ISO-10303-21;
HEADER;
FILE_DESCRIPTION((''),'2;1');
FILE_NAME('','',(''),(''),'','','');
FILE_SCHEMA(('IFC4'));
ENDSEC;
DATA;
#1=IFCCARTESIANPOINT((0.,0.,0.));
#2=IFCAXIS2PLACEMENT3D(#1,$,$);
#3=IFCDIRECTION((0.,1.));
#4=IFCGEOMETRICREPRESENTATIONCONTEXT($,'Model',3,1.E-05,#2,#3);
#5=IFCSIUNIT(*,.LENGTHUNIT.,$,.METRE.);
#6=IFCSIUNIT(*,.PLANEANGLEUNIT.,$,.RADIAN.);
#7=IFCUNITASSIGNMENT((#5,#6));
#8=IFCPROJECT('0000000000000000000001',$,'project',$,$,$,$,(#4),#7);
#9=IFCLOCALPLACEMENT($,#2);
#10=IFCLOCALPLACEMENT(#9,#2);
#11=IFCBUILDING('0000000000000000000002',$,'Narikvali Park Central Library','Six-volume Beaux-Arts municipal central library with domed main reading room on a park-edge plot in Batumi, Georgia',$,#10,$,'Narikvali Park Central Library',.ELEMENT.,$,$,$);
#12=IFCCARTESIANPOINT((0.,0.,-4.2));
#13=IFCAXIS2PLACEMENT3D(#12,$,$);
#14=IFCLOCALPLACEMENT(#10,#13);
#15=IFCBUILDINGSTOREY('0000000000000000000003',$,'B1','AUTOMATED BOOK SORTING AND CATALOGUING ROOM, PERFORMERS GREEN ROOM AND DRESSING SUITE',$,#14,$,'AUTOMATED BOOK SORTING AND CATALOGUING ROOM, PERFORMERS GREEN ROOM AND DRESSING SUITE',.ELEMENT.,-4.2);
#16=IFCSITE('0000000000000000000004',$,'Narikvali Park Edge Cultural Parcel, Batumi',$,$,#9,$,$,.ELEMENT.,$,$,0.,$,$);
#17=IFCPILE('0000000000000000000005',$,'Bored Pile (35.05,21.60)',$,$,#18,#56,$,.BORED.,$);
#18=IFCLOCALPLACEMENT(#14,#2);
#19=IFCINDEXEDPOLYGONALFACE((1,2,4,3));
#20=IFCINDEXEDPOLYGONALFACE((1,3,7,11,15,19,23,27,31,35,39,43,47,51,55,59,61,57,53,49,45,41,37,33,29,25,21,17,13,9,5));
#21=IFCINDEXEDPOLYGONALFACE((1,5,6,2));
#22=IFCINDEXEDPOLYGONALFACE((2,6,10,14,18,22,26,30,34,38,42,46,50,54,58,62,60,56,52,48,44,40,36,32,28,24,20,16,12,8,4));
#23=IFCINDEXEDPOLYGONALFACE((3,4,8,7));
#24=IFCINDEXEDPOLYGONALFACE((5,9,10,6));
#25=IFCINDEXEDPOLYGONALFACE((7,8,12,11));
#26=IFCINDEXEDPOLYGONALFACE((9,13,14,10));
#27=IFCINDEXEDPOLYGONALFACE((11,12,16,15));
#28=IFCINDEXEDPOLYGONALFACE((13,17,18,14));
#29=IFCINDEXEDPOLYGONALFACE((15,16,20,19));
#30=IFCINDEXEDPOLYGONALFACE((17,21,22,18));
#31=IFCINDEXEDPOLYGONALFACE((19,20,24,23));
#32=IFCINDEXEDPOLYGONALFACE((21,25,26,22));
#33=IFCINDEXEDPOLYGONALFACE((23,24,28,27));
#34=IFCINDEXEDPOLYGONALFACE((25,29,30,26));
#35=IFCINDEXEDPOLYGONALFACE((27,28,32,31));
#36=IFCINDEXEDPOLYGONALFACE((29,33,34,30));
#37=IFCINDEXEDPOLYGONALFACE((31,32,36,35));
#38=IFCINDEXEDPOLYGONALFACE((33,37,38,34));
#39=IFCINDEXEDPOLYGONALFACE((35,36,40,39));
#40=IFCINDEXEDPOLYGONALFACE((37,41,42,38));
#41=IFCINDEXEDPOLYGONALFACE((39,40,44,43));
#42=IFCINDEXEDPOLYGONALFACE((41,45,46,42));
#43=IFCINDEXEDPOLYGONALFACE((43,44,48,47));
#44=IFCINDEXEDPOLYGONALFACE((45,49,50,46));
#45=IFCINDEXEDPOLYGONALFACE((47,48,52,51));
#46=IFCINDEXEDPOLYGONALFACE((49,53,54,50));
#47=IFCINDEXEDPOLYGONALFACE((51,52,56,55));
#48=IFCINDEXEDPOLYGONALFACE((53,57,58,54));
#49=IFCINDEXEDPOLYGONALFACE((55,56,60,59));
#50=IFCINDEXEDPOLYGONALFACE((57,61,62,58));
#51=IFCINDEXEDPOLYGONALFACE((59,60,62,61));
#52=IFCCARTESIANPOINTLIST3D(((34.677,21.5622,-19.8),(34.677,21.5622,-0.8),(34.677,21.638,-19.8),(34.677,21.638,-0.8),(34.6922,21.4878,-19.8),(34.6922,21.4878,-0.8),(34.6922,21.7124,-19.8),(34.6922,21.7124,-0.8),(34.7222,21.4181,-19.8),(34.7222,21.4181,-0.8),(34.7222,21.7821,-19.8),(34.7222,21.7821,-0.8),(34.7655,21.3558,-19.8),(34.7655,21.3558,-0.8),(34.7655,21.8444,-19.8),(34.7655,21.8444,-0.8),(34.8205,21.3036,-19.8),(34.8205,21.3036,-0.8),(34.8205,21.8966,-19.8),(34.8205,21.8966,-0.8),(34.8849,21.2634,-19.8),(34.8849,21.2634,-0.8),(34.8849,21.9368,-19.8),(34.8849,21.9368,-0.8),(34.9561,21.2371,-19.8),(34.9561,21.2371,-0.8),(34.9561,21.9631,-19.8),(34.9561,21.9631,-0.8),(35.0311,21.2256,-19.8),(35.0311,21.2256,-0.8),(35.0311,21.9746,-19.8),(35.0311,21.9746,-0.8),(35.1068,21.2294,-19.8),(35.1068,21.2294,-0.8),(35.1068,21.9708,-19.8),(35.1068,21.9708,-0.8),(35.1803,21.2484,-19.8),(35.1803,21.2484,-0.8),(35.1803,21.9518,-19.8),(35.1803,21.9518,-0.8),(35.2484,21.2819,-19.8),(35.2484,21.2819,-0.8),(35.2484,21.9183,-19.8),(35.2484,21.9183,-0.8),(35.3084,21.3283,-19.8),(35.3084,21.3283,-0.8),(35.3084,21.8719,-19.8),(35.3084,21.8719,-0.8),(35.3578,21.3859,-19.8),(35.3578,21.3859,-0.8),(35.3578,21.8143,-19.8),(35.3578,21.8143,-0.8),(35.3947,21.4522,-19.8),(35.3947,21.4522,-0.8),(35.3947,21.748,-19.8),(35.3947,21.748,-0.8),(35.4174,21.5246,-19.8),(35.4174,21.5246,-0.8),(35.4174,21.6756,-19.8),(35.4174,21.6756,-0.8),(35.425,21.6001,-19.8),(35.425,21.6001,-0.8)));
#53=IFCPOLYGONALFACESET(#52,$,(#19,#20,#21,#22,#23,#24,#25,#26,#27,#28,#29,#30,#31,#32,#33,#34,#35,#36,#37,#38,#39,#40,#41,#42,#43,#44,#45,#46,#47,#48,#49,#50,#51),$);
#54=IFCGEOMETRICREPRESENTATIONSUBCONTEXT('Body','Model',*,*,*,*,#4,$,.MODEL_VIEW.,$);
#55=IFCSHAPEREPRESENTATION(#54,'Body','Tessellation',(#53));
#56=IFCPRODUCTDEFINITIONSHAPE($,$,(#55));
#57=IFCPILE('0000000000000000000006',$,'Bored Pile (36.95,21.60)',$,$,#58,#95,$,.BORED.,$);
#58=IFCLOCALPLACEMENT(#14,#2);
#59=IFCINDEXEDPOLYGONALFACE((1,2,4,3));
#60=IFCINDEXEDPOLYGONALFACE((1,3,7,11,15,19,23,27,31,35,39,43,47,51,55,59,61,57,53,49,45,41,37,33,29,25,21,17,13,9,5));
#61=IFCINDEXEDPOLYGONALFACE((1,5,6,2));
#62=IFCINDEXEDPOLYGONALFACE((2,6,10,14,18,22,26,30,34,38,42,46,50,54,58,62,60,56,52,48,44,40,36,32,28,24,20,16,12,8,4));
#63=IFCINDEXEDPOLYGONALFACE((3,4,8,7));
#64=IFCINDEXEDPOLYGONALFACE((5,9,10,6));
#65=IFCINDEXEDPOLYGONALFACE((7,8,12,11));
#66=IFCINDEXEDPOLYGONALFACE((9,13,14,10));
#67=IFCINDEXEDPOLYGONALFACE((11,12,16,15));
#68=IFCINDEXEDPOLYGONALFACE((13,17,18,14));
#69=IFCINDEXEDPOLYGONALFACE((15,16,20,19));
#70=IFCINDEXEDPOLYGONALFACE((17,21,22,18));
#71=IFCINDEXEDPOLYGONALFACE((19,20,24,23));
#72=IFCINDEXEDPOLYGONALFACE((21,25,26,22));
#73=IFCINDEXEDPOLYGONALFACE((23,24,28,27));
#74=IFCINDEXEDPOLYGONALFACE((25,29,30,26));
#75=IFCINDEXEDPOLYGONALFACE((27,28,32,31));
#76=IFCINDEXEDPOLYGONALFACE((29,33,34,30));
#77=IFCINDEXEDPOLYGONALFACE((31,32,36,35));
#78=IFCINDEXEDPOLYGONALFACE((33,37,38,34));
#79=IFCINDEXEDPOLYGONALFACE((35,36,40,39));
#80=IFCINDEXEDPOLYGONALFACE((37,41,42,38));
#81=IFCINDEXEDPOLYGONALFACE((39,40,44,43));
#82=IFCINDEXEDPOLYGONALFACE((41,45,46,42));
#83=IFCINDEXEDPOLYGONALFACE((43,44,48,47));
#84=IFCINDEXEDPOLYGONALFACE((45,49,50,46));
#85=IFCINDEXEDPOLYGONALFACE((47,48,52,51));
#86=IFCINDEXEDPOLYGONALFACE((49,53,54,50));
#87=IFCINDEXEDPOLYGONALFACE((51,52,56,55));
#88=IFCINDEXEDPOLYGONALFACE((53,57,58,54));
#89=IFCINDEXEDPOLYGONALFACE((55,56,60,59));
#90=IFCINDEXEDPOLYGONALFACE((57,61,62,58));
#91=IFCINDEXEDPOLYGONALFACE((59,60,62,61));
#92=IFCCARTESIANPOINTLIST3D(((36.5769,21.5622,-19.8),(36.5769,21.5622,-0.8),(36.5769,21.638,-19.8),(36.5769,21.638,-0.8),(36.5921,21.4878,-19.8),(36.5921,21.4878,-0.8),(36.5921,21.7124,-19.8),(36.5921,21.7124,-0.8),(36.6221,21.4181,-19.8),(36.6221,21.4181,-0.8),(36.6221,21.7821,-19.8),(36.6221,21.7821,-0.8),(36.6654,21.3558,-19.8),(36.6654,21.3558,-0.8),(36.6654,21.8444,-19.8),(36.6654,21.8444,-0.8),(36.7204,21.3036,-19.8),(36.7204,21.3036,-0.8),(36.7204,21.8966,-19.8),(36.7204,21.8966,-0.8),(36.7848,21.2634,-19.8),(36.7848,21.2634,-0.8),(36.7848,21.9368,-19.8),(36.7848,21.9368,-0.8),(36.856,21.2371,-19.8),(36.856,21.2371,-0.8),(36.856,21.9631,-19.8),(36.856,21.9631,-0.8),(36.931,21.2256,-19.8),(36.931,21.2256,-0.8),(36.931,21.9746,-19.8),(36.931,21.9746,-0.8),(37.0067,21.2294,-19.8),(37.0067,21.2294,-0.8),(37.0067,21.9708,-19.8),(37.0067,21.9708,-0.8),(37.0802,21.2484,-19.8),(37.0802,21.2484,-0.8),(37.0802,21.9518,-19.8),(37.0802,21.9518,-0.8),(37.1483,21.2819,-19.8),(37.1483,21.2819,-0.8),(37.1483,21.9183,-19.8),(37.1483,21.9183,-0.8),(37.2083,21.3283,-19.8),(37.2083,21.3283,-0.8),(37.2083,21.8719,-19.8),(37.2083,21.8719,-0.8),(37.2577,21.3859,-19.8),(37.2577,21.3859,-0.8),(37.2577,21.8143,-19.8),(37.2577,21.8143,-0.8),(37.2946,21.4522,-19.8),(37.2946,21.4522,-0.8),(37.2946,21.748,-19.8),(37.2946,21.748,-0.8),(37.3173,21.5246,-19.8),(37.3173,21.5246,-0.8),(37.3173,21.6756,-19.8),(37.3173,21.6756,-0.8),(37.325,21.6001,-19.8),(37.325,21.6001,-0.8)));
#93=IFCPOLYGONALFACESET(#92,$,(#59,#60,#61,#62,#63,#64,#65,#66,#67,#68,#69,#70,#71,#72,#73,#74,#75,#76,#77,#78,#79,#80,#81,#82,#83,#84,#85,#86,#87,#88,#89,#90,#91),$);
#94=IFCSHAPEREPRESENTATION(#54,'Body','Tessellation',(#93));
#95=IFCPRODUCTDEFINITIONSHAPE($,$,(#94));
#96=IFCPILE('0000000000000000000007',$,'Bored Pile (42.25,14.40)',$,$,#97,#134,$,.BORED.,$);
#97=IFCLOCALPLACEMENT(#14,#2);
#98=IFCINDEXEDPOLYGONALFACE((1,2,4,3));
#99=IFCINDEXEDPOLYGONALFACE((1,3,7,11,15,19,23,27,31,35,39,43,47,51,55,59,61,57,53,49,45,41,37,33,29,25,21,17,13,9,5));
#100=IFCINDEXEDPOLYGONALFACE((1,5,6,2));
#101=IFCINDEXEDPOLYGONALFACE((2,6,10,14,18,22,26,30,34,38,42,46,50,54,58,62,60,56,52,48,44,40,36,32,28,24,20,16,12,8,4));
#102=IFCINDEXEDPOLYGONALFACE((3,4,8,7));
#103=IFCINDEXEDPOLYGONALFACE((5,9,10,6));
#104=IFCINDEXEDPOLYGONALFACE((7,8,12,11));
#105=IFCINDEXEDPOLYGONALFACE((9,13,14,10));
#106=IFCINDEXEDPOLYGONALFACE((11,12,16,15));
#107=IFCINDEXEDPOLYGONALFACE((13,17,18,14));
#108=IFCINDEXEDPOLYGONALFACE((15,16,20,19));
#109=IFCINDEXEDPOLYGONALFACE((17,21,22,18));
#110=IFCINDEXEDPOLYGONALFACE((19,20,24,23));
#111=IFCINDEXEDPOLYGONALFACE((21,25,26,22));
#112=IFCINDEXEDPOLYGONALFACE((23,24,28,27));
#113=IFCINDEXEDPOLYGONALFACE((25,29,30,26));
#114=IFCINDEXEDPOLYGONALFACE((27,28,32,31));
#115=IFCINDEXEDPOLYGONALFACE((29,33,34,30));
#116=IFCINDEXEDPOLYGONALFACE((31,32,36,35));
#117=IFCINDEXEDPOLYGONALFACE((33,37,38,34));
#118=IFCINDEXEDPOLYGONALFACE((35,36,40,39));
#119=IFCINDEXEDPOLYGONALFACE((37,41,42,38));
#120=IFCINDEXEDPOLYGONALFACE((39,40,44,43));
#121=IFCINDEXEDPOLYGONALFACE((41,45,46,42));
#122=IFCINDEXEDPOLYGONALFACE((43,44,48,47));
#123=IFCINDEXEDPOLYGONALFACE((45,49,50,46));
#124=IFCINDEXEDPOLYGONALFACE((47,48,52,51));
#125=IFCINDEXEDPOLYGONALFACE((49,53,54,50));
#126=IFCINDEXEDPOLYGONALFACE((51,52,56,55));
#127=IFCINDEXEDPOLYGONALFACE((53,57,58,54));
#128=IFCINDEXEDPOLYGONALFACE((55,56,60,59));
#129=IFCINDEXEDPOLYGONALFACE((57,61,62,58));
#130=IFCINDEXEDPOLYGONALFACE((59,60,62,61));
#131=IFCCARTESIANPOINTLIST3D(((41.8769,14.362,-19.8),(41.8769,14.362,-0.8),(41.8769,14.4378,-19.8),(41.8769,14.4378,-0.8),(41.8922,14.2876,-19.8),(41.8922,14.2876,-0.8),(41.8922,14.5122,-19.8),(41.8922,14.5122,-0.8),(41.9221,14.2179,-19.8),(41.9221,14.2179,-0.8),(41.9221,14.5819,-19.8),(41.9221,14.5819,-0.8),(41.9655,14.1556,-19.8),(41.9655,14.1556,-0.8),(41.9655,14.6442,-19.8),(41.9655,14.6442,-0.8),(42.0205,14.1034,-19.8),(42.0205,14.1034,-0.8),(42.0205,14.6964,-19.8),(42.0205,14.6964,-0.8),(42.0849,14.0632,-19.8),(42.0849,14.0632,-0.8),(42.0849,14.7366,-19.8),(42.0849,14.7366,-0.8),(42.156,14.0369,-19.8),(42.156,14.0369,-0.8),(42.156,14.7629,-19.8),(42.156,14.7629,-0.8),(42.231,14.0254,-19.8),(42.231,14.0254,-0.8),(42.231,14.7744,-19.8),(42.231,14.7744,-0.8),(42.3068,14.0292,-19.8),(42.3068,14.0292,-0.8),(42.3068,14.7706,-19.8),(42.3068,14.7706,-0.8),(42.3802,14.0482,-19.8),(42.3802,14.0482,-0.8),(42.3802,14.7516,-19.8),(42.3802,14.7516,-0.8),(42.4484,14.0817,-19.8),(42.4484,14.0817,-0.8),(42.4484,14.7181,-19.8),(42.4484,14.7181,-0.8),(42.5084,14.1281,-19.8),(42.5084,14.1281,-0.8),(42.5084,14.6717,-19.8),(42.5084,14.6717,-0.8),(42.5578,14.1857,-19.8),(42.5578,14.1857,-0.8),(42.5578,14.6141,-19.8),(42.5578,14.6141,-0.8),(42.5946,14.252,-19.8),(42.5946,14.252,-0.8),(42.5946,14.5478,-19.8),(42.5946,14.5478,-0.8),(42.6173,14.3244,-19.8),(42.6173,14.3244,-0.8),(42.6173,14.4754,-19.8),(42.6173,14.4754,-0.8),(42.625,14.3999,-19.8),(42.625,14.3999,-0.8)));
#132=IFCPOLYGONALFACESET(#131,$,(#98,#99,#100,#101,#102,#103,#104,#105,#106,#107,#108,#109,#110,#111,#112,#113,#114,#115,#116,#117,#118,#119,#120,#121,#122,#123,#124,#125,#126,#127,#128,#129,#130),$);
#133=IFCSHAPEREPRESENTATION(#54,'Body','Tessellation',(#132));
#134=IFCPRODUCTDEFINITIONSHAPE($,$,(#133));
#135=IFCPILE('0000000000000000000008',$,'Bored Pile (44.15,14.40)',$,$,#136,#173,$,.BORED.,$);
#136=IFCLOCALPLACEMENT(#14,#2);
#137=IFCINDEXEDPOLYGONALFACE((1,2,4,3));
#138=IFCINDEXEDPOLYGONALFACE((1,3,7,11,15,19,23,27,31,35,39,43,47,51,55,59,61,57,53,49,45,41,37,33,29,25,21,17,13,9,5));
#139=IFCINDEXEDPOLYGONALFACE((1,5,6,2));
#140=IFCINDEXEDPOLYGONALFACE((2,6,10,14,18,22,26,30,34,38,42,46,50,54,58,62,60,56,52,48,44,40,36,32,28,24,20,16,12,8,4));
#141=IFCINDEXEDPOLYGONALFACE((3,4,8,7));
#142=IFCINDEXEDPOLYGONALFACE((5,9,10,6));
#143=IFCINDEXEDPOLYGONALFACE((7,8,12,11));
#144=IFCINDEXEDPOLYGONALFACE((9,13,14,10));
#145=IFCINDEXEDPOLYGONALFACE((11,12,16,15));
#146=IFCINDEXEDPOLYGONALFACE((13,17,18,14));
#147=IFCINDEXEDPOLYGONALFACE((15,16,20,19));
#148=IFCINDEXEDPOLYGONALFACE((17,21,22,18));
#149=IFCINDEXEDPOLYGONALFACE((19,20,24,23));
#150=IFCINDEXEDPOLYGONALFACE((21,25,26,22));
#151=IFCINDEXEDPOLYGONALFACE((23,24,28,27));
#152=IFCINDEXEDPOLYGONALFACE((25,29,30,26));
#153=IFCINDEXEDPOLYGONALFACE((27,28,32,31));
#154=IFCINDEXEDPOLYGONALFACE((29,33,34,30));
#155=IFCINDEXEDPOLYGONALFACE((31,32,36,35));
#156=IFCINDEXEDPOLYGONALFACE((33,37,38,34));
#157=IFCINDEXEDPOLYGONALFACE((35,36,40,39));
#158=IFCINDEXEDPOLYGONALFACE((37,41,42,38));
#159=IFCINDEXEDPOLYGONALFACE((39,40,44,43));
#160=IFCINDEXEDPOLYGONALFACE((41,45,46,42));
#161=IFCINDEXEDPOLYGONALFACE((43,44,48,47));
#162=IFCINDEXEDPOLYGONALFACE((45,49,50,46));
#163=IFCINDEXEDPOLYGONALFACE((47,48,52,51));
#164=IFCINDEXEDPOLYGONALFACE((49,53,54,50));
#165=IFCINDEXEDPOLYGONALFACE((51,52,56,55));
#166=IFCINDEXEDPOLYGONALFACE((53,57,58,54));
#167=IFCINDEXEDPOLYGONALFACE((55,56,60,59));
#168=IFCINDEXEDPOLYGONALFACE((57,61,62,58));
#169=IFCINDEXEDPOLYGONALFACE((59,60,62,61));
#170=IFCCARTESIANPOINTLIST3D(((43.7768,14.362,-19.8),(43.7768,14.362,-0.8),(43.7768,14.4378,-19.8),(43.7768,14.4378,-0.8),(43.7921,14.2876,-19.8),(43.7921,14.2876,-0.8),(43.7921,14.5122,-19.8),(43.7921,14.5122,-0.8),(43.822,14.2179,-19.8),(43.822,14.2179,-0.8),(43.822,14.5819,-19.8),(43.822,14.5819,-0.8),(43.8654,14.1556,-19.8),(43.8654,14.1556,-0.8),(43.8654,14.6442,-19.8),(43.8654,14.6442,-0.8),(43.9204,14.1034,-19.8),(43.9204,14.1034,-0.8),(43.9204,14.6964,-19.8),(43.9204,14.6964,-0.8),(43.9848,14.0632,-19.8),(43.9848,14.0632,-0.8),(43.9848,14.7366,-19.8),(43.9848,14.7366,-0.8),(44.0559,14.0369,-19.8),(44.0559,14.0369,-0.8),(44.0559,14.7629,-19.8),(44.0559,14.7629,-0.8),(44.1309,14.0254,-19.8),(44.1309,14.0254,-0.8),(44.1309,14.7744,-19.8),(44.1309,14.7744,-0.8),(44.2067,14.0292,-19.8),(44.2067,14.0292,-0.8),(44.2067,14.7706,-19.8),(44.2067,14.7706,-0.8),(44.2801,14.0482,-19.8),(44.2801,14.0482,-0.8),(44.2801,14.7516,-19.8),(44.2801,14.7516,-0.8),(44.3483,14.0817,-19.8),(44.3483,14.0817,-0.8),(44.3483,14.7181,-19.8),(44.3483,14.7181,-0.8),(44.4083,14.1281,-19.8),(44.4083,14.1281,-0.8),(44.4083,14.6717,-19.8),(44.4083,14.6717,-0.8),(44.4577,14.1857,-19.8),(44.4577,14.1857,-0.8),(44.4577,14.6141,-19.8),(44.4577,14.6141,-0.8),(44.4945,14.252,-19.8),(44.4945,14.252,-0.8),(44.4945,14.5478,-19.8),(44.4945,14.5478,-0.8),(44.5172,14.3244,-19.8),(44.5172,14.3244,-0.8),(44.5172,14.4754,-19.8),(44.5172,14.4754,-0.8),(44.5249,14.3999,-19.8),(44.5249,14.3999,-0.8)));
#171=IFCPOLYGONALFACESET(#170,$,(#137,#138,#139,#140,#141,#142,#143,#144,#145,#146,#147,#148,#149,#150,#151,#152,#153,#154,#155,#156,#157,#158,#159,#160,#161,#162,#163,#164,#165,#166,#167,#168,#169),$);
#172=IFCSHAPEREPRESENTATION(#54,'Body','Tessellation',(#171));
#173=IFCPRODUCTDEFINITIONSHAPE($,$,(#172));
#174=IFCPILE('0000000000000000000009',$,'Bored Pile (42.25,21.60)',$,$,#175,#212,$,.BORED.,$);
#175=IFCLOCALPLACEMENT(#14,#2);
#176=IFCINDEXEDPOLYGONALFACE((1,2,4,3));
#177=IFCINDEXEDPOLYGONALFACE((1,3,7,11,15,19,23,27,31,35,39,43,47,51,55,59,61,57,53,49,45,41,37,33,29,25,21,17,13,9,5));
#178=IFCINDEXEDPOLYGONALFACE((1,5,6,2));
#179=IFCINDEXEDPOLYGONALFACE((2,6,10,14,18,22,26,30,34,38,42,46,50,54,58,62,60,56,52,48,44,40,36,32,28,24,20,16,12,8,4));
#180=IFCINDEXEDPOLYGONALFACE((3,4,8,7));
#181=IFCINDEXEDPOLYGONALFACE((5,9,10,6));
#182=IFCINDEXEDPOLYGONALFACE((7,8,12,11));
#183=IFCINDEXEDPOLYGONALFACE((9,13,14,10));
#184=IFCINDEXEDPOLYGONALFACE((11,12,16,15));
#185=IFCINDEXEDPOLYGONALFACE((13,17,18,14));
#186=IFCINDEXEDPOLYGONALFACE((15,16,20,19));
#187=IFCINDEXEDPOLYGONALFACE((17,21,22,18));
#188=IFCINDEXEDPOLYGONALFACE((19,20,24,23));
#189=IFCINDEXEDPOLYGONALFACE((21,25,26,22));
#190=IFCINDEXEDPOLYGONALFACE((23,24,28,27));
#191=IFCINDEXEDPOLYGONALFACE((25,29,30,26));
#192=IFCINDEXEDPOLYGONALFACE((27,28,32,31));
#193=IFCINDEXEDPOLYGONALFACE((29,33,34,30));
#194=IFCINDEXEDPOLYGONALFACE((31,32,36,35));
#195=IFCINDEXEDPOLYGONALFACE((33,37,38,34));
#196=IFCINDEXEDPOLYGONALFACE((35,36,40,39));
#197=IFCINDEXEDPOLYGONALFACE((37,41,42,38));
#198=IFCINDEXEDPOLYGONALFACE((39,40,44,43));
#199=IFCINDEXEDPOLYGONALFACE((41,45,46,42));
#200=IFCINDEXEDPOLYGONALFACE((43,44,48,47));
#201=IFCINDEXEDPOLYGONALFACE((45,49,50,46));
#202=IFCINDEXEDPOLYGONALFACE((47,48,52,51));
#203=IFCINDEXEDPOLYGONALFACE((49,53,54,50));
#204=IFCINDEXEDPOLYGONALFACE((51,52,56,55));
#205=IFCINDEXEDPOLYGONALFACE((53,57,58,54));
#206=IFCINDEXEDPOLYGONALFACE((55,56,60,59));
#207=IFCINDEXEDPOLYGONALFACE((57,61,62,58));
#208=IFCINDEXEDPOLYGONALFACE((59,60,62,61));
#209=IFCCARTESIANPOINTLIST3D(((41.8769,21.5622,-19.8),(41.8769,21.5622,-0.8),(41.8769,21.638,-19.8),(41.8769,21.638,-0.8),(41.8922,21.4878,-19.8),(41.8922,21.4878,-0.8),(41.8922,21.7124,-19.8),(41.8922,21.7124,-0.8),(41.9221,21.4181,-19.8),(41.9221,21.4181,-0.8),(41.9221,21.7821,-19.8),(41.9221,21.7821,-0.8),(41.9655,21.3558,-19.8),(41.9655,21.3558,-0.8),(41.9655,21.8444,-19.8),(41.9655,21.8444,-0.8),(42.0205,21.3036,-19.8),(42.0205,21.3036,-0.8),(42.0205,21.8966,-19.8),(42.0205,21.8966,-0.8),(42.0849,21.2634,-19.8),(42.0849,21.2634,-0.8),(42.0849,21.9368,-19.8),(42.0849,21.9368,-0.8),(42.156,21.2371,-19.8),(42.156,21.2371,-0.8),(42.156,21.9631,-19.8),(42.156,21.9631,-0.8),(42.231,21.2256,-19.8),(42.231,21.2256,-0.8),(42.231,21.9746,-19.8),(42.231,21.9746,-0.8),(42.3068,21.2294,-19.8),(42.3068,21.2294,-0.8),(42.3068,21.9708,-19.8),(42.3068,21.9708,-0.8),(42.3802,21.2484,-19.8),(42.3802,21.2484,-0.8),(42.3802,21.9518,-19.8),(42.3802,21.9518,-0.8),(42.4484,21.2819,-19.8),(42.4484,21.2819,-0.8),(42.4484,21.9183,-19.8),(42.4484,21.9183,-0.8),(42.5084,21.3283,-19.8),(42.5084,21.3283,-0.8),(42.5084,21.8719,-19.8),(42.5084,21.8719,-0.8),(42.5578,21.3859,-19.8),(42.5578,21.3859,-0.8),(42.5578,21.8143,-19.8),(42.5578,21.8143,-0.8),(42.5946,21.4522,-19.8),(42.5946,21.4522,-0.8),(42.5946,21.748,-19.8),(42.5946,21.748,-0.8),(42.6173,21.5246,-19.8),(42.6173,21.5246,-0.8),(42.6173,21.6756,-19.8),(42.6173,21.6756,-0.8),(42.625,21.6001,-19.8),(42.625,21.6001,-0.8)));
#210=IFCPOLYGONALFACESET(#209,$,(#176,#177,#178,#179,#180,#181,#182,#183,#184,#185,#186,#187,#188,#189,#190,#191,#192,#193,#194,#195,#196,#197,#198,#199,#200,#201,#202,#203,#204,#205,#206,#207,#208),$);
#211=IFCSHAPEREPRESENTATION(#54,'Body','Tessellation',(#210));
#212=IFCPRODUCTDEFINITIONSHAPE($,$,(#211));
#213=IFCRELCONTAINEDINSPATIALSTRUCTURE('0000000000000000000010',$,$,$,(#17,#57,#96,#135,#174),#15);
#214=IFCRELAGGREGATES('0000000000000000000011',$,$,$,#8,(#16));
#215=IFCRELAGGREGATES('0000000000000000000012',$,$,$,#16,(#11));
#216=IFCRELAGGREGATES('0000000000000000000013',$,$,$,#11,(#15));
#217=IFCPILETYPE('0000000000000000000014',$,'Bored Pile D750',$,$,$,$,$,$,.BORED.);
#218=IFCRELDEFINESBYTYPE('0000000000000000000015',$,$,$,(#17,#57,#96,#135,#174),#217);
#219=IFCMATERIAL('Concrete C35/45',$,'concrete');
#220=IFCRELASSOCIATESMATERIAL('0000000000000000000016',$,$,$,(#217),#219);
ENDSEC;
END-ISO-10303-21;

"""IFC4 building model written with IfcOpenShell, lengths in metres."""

from ifc_helpers import new_model, si_unit, direction, frame, origin, origin_2d, place, context, subcontext, project, spatial, circle, extrude, material, material_profile, profile_set, type_object, element, save


model = new_model("IFC4")

# Units and contexts
model_context = context("Model", 3, precision=1e-05, world=origin(), true_north=direction((0.0, 1.0)))
body_context = subcontext(model_context, "Body", "Model", "MODEL_VIEW")
ifc_project = project(units=[si_unit("LENGTHUNIT", "METRE"), si_unit("PLANEANGLEUNIT", "RADIAN")], contexts=[model_context])

# Site, building, storey
site_placement = place(None, origin())
site = spatial("IfcSite", under=ifc_project, at=site_placement, Name="Narikvali Park Edge Cultural Parcel, Batumi", CompositionType="ELEMENT", RefElevation=0.0)
building_placement = place(site_placement, origin())
building = spatial("IfcBuilding", under=site, at=building_placement, Name="Narikvali Park Central Library", Description="Six-volume Beaux-Arts municipal central library with domed main reading room on a park-edge plot in Batumi, Georgia", LongName="Narikvali Park Central Library", CompositionType="ELEMENT")
storey_placement = place(building_placement, frame((0.0, 0.0, -4.2)))
storey = spatial("IfcBuildingStorey", under=building, at=storey_placement, Name="B1", Description="AUTOMATED BOOK SORTING AND CATALOGUING ROOM, PERFORMERS GREEN ROOM AND DRESSING SUITE", LongName="AUTOMATED BOOK SORTING AND CATALOGUING ROOM, PERFORMERS GREEN ROOM AND DRESSING SUITE", CompositionType="ELEMENT", Elevation=-4.2)

# Piles
ifc_material_1 = material(Name="Concrete C35/45", Category="concrete")
ifc_material_profile_1 = material_profile(ifc_material_1, circle(Radius=0.375, at=origin_2d()), Name="PILE D750")
ifc_profile_set_1 = profile_set([ifc_material_profile_1], Name="Concrete C35/45")
pile_type_1 = type_object("IfcPileType", Name="Bored Pile D750", PredefinedType="BORED", material=ifc_profile_set_1)
for number, where, z_axis, x_axis, name in (
    (1, (35.05, 21.6001, -0.8), (0.0, 0.0, -1.0), (1.0, 0.0, 0.0), "Bored Pile (35.05,21.60)"),
    (2, (36.95, 21.6001, -0.8), (0.0, 0.0, -1.0), (1.0, 0.0, 0.0), "Bored Pile (36.95,21.60)"),
    (3, (42.25, 14.3999, -0.8), (0.0, 0.0, -1.0), (1.0, 0.0, 0.0), "Bored Pile (42.25,14.40)"),
    (4, (44.1499, 14.3999, -0.8), (0.0, 0.0, -1.0), (1.0, 0.0, 0.0), "Bored Pile (44.15,14.40)"),
    (5, (42.25, 21.6001, -0.8), (0.0, 0.0, -1.0), (1.0, 0.0, 0.0), "Bored Pile (42.25,21.60)"),
):
    element("IfcPile", number, at=place(storey_placement, frame(where, z_axis=z_axis, x_axis=x_axis)), inside=storey, type_object=pile_type_1, Name=name, PredefinedType="BORED", context=body_context, shape_type="SweptSolid", body=[
        extrude(circle(Radius=0.375, at=origin_2d()), origin(), (0.0, 0.0, 1.0), 19.0),
    ])

save(model, "model.ifc")
